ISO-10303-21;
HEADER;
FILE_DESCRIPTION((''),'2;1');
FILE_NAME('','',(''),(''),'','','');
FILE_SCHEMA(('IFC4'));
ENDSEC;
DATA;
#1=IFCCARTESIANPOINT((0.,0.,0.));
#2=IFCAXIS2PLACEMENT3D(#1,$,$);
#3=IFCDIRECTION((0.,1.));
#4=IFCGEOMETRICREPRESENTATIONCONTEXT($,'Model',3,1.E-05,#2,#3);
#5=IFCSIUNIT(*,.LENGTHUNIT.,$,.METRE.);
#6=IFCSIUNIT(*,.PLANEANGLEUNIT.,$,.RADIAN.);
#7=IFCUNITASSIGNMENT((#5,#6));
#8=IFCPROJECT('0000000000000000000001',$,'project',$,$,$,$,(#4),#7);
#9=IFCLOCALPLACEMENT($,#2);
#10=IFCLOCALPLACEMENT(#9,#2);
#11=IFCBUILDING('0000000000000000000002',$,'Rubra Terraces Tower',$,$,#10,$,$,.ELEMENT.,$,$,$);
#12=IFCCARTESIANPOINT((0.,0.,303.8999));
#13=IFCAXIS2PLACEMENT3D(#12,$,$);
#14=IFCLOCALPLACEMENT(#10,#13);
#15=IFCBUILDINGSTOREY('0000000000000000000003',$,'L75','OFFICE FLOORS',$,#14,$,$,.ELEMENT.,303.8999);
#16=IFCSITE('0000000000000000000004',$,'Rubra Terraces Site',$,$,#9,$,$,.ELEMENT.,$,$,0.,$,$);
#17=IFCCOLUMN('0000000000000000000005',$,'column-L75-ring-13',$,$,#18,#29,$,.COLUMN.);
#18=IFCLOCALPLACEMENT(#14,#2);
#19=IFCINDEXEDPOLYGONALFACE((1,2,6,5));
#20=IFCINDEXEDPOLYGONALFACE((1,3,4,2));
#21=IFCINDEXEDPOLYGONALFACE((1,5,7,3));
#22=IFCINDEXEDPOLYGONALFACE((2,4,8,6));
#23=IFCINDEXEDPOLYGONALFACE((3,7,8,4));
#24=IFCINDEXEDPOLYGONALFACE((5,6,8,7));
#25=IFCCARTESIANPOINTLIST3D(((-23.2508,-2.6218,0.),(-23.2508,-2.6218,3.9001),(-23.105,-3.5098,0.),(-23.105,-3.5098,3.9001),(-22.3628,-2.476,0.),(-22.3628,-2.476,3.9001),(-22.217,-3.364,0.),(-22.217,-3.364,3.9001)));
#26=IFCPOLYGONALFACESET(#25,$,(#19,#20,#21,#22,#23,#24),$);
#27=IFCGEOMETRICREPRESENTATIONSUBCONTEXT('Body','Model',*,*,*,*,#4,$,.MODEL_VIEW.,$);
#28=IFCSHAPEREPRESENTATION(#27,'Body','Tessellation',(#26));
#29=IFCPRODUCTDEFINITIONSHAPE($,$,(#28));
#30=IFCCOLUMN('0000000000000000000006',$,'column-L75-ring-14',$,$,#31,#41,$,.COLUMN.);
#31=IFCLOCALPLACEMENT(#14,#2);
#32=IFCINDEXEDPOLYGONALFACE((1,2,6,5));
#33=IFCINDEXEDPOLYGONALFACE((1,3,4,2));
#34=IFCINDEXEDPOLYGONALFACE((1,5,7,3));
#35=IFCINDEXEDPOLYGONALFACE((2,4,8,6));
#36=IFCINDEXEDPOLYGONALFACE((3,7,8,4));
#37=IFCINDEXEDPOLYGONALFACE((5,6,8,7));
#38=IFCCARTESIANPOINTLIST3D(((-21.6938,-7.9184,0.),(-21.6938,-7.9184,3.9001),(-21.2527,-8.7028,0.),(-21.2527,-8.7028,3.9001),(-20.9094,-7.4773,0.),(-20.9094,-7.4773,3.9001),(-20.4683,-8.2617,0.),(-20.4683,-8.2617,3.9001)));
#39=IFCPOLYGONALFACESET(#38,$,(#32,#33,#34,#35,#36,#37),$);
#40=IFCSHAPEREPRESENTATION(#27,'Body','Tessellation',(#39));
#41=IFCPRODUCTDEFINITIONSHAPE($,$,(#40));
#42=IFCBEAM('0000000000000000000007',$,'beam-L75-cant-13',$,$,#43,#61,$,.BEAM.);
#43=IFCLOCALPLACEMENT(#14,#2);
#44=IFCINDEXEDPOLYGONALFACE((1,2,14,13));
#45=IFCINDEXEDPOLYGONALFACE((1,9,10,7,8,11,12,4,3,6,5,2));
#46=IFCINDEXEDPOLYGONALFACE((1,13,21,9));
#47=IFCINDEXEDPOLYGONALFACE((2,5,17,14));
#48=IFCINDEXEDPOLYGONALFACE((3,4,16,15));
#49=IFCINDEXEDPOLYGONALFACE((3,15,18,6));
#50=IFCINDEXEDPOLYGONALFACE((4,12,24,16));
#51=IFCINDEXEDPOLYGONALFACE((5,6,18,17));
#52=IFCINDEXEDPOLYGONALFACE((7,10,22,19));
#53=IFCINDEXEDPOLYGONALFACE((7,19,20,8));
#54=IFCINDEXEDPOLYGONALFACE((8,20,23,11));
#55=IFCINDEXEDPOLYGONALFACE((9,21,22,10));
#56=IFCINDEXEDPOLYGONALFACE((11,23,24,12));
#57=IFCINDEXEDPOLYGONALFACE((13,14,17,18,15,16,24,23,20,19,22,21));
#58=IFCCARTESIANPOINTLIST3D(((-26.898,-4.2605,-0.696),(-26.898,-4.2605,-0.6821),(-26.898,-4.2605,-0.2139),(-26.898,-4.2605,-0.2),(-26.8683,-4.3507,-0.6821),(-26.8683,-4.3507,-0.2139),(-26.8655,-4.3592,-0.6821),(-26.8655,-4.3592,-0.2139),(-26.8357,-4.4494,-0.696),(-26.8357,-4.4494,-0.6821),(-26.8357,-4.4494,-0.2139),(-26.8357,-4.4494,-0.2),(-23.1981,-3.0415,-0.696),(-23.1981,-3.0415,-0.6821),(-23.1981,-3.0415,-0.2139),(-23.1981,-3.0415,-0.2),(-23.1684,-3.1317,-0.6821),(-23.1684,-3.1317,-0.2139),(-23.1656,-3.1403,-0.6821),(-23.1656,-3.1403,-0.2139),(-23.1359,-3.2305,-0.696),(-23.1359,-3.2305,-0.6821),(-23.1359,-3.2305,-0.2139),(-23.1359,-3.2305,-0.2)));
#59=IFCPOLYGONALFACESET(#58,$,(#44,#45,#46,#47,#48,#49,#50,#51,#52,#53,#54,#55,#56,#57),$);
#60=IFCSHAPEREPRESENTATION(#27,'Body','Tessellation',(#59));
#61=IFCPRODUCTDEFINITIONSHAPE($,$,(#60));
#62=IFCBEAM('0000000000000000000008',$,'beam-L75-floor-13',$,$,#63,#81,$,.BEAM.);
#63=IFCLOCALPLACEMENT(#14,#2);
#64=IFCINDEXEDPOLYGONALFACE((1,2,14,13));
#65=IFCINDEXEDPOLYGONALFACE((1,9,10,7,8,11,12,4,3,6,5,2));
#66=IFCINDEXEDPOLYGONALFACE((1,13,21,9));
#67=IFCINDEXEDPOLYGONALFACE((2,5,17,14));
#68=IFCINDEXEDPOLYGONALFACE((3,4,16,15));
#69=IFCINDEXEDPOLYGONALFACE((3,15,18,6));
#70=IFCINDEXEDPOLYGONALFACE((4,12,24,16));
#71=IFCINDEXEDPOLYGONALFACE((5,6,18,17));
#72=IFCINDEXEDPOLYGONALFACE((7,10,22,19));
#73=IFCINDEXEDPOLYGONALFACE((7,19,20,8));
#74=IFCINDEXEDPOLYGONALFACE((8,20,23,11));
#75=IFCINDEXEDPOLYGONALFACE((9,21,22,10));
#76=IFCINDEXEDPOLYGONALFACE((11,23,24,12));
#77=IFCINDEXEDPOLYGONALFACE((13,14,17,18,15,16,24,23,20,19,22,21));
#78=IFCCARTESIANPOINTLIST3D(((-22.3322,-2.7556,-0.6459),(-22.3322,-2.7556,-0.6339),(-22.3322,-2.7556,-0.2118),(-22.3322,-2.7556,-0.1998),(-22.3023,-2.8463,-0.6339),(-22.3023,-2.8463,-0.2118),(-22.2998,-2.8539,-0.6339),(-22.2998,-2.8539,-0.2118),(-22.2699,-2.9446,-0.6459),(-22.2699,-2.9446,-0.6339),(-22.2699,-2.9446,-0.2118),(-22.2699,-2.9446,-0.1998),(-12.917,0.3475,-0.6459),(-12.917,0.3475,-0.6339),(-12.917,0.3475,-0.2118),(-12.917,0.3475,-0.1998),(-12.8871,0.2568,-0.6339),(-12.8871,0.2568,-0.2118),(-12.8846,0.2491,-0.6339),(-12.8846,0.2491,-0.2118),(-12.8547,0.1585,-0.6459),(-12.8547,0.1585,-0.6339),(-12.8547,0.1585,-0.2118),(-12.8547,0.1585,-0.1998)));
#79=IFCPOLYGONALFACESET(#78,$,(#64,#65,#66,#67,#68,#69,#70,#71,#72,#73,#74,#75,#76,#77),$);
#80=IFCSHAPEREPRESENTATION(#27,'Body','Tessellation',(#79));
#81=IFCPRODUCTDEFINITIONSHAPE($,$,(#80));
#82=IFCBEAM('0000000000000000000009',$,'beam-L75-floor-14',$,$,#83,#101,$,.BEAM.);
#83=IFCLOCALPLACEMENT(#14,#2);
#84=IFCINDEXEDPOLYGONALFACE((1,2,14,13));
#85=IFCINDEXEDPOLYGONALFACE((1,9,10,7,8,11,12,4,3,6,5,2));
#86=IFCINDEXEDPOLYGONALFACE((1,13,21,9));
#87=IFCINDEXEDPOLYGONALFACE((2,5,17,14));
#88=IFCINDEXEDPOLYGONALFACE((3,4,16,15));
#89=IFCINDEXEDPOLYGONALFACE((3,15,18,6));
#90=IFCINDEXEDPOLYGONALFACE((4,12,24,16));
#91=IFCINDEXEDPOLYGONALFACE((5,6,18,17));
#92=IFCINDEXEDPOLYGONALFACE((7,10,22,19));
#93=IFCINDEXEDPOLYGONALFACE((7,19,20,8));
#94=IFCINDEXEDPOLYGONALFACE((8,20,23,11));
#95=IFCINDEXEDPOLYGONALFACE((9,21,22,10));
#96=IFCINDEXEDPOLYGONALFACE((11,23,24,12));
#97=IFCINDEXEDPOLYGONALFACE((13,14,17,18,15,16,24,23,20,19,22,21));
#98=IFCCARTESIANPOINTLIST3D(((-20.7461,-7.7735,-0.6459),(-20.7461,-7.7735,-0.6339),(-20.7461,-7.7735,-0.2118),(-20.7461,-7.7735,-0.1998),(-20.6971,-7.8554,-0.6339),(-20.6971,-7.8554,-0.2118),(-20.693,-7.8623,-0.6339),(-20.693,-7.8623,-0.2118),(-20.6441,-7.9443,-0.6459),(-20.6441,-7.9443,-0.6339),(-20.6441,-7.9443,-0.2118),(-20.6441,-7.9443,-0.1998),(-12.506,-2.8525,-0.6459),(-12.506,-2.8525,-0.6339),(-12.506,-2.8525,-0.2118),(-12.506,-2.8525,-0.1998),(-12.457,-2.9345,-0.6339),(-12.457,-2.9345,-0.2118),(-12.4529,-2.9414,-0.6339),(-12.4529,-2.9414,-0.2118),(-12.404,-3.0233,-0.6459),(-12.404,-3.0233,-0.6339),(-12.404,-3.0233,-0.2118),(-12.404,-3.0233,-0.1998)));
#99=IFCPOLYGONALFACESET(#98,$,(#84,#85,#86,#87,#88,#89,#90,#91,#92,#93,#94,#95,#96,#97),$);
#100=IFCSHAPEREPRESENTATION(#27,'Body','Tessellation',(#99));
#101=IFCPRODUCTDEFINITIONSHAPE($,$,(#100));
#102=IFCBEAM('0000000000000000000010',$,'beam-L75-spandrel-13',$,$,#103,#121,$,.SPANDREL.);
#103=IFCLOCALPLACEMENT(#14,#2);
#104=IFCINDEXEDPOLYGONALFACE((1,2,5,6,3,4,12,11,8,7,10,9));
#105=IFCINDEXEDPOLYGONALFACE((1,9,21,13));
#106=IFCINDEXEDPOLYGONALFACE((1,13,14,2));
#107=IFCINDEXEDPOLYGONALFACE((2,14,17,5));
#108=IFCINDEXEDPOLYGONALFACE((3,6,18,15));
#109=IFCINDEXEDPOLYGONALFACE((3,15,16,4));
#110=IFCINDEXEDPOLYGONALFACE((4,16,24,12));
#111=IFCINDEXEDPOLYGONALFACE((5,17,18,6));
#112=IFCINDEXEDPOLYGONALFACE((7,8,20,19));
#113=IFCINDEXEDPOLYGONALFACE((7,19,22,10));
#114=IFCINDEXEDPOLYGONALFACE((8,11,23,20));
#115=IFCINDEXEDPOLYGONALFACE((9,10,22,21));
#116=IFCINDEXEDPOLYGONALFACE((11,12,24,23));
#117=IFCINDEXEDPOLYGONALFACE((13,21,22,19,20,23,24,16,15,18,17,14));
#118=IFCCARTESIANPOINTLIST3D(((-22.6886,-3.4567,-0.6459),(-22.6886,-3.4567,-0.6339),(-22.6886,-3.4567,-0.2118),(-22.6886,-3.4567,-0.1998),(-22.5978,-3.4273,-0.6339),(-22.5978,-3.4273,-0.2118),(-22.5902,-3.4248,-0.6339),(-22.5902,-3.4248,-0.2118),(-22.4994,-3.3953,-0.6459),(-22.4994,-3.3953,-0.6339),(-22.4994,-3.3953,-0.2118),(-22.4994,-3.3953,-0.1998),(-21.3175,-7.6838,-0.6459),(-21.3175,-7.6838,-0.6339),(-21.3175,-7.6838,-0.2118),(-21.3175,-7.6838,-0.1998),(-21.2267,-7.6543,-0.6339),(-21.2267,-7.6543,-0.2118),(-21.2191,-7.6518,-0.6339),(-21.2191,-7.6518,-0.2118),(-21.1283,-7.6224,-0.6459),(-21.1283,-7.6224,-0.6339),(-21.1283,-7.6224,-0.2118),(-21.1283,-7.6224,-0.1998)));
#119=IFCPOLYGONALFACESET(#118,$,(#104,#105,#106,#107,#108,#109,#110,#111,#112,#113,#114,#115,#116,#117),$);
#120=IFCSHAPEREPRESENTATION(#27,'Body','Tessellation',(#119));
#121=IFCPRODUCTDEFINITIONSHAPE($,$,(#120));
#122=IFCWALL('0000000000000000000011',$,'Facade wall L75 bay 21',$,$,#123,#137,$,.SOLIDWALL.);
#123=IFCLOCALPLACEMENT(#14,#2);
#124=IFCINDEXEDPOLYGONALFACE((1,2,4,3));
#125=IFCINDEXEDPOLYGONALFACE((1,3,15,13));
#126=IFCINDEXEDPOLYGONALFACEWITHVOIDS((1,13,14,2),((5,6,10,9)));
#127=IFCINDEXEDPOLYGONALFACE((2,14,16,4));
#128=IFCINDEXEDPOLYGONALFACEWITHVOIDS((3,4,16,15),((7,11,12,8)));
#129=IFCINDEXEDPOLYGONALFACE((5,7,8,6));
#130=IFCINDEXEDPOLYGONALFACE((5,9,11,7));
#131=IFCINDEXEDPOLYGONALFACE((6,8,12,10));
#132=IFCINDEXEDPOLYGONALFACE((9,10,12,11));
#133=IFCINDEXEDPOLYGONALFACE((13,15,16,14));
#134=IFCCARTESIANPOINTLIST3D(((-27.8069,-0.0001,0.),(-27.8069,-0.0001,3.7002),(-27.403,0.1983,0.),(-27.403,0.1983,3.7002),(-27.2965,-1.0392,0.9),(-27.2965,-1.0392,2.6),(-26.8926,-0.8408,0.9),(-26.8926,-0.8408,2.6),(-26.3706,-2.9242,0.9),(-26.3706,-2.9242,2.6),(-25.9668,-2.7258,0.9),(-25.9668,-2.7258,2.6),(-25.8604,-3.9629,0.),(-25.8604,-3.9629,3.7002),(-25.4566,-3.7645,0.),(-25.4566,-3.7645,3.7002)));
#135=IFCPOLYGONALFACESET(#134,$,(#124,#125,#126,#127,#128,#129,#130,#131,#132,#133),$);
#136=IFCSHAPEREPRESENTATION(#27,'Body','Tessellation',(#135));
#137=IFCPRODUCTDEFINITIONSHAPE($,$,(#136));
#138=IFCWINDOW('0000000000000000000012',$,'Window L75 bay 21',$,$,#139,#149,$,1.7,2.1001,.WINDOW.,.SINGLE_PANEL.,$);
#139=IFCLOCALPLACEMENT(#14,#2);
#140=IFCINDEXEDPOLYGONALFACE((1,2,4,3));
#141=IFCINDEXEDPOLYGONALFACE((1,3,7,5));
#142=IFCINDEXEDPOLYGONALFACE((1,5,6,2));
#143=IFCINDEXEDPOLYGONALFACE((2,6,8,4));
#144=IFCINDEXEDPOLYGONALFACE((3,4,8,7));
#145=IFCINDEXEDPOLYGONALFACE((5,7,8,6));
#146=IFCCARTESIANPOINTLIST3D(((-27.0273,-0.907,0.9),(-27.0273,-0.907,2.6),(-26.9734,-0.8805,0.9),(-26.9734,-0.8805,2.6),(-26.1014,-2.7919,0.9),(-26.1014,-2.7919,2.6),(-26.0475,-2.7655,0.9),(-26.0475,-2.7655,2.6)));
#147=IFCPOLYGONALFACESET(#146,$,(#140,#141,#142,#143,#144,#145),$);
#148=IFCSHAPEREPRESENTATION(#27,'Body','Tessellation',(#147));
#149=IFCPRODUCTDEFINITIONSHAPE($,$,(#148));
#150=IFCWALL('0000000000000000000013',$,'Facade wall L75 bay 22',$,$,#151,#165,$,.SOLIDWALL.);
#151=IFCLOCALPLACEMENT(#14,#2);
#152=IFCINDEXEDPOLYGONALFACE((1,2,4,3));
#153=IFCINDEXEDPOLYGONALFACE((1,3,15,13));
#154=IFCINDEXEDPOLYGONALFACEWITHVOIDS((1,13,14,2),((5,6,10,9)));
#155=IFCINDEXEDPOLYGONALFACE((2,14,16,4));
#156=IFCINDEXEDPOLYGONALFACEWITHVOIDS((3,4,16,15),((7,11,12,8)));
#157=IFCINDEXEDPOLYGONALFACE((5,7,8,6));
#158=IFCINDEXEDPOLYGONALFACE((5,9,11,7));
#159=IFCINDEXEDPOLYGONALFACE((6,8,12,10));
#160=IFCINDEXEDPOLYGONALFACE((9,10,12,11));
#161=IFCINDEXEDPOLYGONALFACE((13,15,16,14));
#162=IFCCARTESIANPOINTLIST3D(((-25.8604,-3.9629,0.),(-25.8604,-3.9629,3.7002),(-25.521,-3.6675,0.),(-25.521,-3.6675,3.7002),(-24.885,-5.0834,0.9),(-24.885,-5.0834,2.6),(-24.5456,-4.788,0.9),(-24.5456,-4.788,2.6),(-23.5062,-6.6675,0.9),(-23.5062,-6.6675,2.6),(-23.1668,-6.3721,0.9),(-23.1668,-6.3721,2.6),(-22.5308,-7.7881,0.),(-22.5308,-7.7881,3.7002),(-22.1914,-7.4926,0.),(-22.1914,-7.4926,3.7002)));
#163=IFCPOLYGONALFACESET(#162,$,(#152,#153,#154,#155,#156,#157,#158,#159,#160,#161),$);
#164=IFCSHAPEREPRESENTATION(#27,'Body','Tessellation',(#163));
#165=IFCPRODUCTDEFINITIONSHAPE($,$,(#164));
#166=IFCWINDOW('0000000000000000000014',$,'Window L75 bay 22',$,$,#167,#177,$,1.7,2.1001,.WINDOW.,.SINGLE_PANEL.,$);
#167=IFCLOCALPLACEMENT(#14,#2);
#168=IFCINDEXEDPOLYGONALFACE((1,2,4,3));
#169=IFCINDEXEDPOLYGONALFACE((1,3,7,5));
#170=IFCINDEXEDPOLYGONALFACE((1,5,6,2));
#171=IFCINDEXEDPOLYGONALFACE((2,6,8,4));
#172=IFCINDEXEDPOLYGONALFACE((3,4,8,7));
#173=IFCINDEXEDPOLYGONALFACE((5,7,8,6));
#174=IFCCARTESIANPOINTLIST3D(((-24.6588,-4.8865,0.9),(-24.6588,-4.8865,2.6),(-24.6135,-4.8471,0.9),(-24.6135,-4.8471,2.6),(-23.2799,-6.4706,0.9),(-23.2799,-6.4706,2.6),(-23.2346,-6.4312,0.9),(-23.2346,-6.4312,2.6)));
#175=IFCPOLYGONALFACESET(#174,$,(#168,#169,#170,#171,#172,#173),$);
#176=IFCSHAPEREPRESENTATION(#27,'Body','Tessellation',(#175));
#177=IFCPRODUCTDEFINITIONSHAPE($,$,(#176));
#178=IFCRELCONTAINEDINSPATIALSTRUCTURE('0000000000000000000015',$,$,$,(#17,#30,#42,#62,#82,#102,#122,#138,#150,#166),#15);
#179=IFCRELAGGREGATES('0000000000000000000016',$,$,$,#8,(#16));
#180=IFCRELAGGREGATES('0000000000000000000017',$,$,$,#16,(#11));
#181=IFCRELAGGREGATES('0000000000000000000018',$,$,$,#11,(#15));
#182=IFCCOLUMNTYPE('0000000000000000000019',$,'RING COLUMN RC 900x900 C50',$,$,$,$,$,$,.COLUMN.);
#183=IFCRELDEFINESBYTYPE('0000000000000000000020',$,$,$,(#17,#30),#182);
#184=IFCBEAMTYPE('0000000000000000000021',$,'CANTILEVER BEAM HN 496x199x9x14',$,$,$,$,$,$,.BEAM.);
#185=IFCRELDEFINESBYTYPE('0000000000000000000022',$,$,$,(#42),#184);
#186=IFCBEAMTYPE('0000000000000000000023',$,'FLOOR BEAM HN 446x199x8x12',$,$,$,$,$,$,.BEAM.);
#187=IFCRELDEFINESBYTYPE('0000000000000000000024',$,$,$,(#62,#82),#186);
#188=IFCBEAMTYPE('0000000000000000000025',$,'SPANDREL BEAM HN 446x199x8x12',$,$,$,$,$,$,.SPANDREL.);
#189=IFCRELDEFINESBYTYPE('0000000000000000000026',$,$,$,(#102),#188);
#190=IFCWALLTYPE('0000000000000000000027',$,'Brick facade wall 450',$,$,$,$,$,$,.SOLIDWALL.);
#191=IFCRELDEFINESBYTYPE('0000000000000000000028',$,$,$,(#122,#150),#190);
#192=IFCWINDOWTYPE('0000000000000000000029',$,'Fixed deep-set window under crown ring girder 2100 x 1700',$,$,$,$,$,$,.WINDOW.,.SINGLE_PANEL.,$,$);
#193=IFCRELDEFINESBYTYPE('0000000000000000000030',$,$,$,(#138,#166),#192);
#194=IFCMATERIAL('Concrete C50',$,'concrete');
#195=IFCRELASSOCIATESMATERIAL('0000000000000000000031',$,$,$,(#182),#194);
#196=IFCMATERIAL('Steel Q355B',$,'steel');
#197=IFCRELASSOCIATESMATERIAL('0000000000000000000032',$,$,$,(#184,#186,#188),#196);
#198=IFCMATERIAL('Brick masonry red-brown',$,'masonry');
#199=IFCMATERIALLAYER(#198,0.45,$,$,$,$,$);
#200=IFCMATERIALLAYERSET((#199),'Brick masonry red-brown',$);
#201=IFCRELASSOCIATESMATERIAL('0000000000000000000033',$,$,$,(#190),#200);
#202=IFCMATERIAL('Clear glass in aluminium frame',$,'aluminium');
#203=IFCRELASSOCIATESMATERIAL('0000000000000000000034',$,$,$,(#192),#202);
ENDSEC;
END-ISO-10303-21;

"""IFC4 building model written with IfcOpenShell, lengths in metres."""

from ifc_helpers import new_model, si_unit, direction, frame, frame_2d, origin, origin_2d, place, context, subcontext, project, spatial, rectangle, i_section, extrude, material, layer, layer_set, material_profile, profile_set, type_object, element, fill, save


model = new_model("IFC4")

# Units and contexts
model_context = context("Model", 3, precision=1e-05, world=origin(), true_north=direction((0.0, 1.0)))
body_context = subcontext(model_context, "Body", "Model", "MODEL_VIEW")
ifc_project = project(units=[si_unit("LENGTHUNIT", "METRE"), si_unit("PLANEANGLEUNIT", "RADIAN")], contexts=[model_context])

# Site, building, storey
site_placement = place(None, origin())
site = spatial("IfcSite", under=ifc_project, at=site_placement, Name="Rubra Terraces Site", CompositionType="ELEMENT", RefElevation=0.0)
building_placement = place(site_placement, origin())
building = spatial("IfcBuilding", under=site, at=building_placement, Name="Rubra Terraces Tower", CompositionType="ELEMENT")
storey_placement = place(building_placement, frame((0.0, 0.0, 303.8999)))
storey = spatial("IfcBuildingStorey", under=building, at=storey_placement, Name="L75", Description="OFFICE FLOORS", CompositionType="ELEMENT", Elevation=303.8999)

# Columns
ifc_material_1 = material(Name="Concrete C50", Category="concrete")
ifc_material_profile_1 = material_profile(ifc_material_1, rectangle(XDim=0.8999, YDim=0.8999, at=origin_2d()), Name="RC 900x900")
ifc_profile_set_1 = profile_set([ifc_material_profile_1], Name="Concrete C50")
column_type = type_object("IfcColumnType", Name="RING COLUMN RC 900x900 C50", PredefinedType="COLUMN", material=ifc_profile_set_1)
for number, where, z_axis, x_axis, name in (
    (1, (-22.7339, -2.9929, 0.0), (0.0, 0.0, 1.0), (0.162062, -0.986781, 0.0), "column-L75-ring-13"),
    (2, (-21.0811, -8.0901, 0.0), (0.0, 0.0, 1.0), (0.490162, -0.871631, 0.0), "column-L75-ring-14"),
):
    element("IfcColumn", number, at=place(storey_placement, frame(where, z_axis=z_axis, x_axis=x_axis)), inside=storey, type_object=column_type, Name=name, PredefinedType="COLUMN", context=body_context, shape_type="SweptSolid", body=[
        extrude(rectangle(XDim=0.8999, YDim=0.8999, at=origin_2d()), origin(), (0.0, 0.0, 1.0), 3.9001),
    ])

# Beams
ifc_material_2 = material(Name="Steel Q355B", Category="steel")
ifc_material_profile_2 = material_profile(ifc_material_2, i_section(OverallWidth=0.199, OverallDepth=0.4961, WebThickness=0.009, FlangeThickness=0.0139, at=origin_2d()), Name="HN 496x199x9x14")
ifc_profile_set_2 = profile_set([ifc_material_profile_2], Name="Steel Q355B")
beam_type_1 = type_object("IfcBeamType", Name="CANTILEVER BEAM HN 496x199x9x14", PredefinedType="BEAM", material=ifc_profile_set_2)
beam_1_placement = place(storey_placement, frame((-23.167, -3.136, -0.448), z_axis=(-0.949781, -0.312917, 0.0), x_axis=(0.312917, -0.949781, 0.0)))
element("IfcBeam", 3, at=beam_1_placement, inside=storey, type_object=beam_type_1, Name="beam-L75-cant-13", PredefinedType="BEAM", context=body_context, shape_type="SweptSolid", body=[
    extrude(i_section(OverallWidth=0.199, OverallDepth=0.4961, WebThickness=0.009, FlangeThickness=0.0139, at=origin_2d()), origin(), (0.0, 0.0, 1.0), 3.8955),
])
ifc_material_profile_3 = material_profile(ifc_material_2, i_section(OverallWidth=0.199, OverallDepth=0.446, WebThickness=0.0081, FlangeThickness=0.012, at=origin_2d()), Name="HN 446x199x8x12")
ifc_profile_set_3 = profile_set([ifc_material_profile_3], Name="Steel Q355B")
beam_type_2 = type_object("IfcBeamType", Name="FLOOR BEAM HN 446x199x8x12", PredefinedType="BEAM", material=ifc_profile_set_3)
beam_2_placement = place(storey_placement, frame((-22.301, -2.8501, -0.4229), z_axis=(0.949747, 0.313019, 0.0), x_axis=(-0.313019, 0.949747, 0.0)))
element("IfcBeam", 4, at=beam_2_placement, inside=storey, type_object=beam_type_2, Name="beam-L75-floor-13", PredefinedType="BEAM", context=body_context, shape_type="SweptSolid", body=[
    extrude(i_section(OverallWidth=0.199, OverallDepth=0.446, WebThickness=0.0081, FlangeThickness=0.012, at=origin_2d()), origin(), (0.0, 0.0, 1.0), 9.9133),
])
beam_3_placement = place(storey_placement, frame((-20.6951, -7.8589, -0.4229), z_axis=(0.858553, 0.512725, 0.0), x_axis=(-0.512725, 0.858553, 0.0)))
element("IfcBeam", 5, at=beam_3_placement, inside=storey, type_object=beam_type_2, Name="beam-L75-floor-14", PredefinedType="BEAM", context=body_context, shape_type="SweptSolid", body=[
    extrude(i_section(OverallWidth=0.199, OverallDepth=0.446, WebThickness=0.0081, FlangeThickness=0.012, at=origin_2d()), origin(), (0.0, 0.0, 1.0), 9.5977),
])
ifc_material_profile_4 = material_profile(ifc_material_2, i_section(OverallWidth=0.199, OverallDepth=0.446, WebThickness=0.0081, FlangeThickness=0.012, at=origin_2d()), Name="HN 446x199x8x12")
ifc_profile_set_4 = profile_set([ifc_material_profile_4], Name="Steel Q355B")
beam_type_3 = type_object("IfcBeamType", Name="SPANDREL BEAM HN 446x199x8x12", PredefinedType="SPANDREL", material=ifc_profile_set_4)
beam_4_placement = place(storey_placement, frame((-22.594, -3.426, -0.4229), z_axis=(0.308537, -0.951212, 0.0), x_axis=(0.951212, 0.308537, 0.0)))
element("IfcBeam", 6, at=beam_4_placement, inside=storey, type_object=beam_type_3, Name="beam-L75-spandrel-13", PredefinedType="SPANDREL", context=body_context, shape_type="SweptSolid", body=[
    extrude(i_section(OverallWidth=0.199, OverallDepth=0.446, WebThickness=0.0081, FlangeThickness=0.012, at=origin_2d()), origin(), (0.0, 0.0, 1.0), 4.4438),
])

# Walls, openings, windows
ifc_material_3 = material(Name="Brick masonry red-brown", Category="masonry")
ifc_layer_1 = layer(ifc_material_3, 0.45)
ifc_layer_set_1 = layer_set([ifc_layer_1], Name="Brick masonry red-brown")
wall_type_1 = type_object("IfcWallType", Name="Brick facade wall 450", PredefinedType="SOLIDWALL", material=ifc_layer_set_1)
wall_1_placement = place(storey_placement, frame((-27.605, 0.0991, 0.0), z_axis=(0.0, 0.0, 1.0), x_axis=(0.440877, -0.897568, 0.0)))
wall_1 = element("IfcWall", 7, at=wall_1_placement, inside=storey, type_object=wall_type_1, Name="Facade wall L75 bay 21", PredefinedType="SOLIDWALL", context=body_context, shape_type="SweptSolid", body=[
    extrude(rectangle(XDim=4.415, YDim=0.45, at=frame_2d((2.2075, 0.0))), origin(), (0.0, 0.0, 1.0), 3.7002),
])
opening_1_placement = place(wall_1_placement, frame((1.1577, 0.0, 0.8999)))
opening_1 = element("IfcOpeningElement", 8, at=opening_1_placement, cuts=wall_1, PredefinedType="OPENING", context=body_context, shape_type="SweptSolid", body=[
    extrude(rectangle(XDim=2.1001, YDim=1.7, at=frame_2d((1.05, 0.8501))), frame((0.0, 0.2349, 0.0), z_axis=(0.0, -1.0, 0.0), x_axis=(1.0, 0.0, 0.0)), (0.0, 0.0, 1.0), 0.47),
])
ifc_material_4 = material(Name="Clear glass in aluminium frame", Category="aluminium")
window_type = type_object("IfcWindowType", Name="Fixed deep-set window under crown ring girder 2100 x 1700", PartitioningType="SINGLE_PANEL", PredefinedType="WINDOW", material=ifc_material_4)
window_1_placement = place(opening_1_placement, origin())
window_1 = element("IfcWindow", 9, at=window_1_placement, inside=storey, type_object=window_type, Name="Window L75 bay 21", OverallHeight=1.7, OverallWidth=2.1001, PartitioningType="SINGLE_PANEL", PredefinedType="WINDOW", context=body_context, shape_type="SweptSolid", body=[
    extrude(rectangle(XDim=2.1001, YDim=1.7, at=frame_2d((1.05, 0.8501))), frame((0.0, 0.135, 0.0), z_axis=(0.0, -1.0, 0.0), x_axis=(1.0, 0.0, 0.0)), (0.0, 0.0, 1.0), 0.0601),
])
fill(opening_1, window_1)
wall_2_placement = place(storey_placement, frame((-25.6907, -3.8152, 0.0), z_axis=(0.0, 0.0, 1.0), x_axis=(0.656553, -0.75428, 0.0)))
wall_2 = element("IfcWall", 10, at=wall_2_placement, inside=storey, type_object=wall_type_1, Name="Facade wall L75 bay 22", PredefinedType="SOLIDWALL", context=body_context, shape_type="SweptSolid", body=[
    extrude(rectangle(XDim=5.0713, YDim=0.45, at=frame_2d((2.5356, 0.0))), origin(), (0.0, 0.0, 1.0), 3.7002),
])
opening_2_placement = place(wall_2_placement, frame((1.4856, 0.0, 0.8999)))
opening_2 = element("IfcOpeningElement", 11, at=opening_2_placement, cuts=wall_2, PredefinedType="OPENING", context=body_context, shape_type="SweptSolid", body=[
    extrude(rectangle(XDim=2.1001, YDim=1.7, at=frame_2d((1.05, 0.8501))), frame((0.0, 0.2349, 0.0), z_axis=(0.0, -1.0, 0.0), x_axis=(1.0, 0.0, 0.0)), (0.0, 0.0, 1.0), 0.47),
])
window_2_placement = place(opening_2_placement, origin())
window_2 = element("IfcWindow", 12, at=window_2_placement, inside=storey, type_object=window_type, Name="Window L75 bay 22", OverallHeight=1.7, OverallWidth=2.1001, PartitioningType="SINGLE_PANEL", PredefinedType="WINDOW", context=body_context, shape_type="SweptSolid", body=[
    extrude(rectangle(XDim=2.1001, YDim=1.7, at=frame_2d((1.05, 0.8501))), frame((0.0, 0.135, 0.0), z_axis=(0.0, -1.0, 0.0), x_axis=(1.0, 0.0, 0.0)), (0.0, 0.0, 1.0), 0.0601),
])
fill(opening_2, window_2)

save(model, "model.ifc")
